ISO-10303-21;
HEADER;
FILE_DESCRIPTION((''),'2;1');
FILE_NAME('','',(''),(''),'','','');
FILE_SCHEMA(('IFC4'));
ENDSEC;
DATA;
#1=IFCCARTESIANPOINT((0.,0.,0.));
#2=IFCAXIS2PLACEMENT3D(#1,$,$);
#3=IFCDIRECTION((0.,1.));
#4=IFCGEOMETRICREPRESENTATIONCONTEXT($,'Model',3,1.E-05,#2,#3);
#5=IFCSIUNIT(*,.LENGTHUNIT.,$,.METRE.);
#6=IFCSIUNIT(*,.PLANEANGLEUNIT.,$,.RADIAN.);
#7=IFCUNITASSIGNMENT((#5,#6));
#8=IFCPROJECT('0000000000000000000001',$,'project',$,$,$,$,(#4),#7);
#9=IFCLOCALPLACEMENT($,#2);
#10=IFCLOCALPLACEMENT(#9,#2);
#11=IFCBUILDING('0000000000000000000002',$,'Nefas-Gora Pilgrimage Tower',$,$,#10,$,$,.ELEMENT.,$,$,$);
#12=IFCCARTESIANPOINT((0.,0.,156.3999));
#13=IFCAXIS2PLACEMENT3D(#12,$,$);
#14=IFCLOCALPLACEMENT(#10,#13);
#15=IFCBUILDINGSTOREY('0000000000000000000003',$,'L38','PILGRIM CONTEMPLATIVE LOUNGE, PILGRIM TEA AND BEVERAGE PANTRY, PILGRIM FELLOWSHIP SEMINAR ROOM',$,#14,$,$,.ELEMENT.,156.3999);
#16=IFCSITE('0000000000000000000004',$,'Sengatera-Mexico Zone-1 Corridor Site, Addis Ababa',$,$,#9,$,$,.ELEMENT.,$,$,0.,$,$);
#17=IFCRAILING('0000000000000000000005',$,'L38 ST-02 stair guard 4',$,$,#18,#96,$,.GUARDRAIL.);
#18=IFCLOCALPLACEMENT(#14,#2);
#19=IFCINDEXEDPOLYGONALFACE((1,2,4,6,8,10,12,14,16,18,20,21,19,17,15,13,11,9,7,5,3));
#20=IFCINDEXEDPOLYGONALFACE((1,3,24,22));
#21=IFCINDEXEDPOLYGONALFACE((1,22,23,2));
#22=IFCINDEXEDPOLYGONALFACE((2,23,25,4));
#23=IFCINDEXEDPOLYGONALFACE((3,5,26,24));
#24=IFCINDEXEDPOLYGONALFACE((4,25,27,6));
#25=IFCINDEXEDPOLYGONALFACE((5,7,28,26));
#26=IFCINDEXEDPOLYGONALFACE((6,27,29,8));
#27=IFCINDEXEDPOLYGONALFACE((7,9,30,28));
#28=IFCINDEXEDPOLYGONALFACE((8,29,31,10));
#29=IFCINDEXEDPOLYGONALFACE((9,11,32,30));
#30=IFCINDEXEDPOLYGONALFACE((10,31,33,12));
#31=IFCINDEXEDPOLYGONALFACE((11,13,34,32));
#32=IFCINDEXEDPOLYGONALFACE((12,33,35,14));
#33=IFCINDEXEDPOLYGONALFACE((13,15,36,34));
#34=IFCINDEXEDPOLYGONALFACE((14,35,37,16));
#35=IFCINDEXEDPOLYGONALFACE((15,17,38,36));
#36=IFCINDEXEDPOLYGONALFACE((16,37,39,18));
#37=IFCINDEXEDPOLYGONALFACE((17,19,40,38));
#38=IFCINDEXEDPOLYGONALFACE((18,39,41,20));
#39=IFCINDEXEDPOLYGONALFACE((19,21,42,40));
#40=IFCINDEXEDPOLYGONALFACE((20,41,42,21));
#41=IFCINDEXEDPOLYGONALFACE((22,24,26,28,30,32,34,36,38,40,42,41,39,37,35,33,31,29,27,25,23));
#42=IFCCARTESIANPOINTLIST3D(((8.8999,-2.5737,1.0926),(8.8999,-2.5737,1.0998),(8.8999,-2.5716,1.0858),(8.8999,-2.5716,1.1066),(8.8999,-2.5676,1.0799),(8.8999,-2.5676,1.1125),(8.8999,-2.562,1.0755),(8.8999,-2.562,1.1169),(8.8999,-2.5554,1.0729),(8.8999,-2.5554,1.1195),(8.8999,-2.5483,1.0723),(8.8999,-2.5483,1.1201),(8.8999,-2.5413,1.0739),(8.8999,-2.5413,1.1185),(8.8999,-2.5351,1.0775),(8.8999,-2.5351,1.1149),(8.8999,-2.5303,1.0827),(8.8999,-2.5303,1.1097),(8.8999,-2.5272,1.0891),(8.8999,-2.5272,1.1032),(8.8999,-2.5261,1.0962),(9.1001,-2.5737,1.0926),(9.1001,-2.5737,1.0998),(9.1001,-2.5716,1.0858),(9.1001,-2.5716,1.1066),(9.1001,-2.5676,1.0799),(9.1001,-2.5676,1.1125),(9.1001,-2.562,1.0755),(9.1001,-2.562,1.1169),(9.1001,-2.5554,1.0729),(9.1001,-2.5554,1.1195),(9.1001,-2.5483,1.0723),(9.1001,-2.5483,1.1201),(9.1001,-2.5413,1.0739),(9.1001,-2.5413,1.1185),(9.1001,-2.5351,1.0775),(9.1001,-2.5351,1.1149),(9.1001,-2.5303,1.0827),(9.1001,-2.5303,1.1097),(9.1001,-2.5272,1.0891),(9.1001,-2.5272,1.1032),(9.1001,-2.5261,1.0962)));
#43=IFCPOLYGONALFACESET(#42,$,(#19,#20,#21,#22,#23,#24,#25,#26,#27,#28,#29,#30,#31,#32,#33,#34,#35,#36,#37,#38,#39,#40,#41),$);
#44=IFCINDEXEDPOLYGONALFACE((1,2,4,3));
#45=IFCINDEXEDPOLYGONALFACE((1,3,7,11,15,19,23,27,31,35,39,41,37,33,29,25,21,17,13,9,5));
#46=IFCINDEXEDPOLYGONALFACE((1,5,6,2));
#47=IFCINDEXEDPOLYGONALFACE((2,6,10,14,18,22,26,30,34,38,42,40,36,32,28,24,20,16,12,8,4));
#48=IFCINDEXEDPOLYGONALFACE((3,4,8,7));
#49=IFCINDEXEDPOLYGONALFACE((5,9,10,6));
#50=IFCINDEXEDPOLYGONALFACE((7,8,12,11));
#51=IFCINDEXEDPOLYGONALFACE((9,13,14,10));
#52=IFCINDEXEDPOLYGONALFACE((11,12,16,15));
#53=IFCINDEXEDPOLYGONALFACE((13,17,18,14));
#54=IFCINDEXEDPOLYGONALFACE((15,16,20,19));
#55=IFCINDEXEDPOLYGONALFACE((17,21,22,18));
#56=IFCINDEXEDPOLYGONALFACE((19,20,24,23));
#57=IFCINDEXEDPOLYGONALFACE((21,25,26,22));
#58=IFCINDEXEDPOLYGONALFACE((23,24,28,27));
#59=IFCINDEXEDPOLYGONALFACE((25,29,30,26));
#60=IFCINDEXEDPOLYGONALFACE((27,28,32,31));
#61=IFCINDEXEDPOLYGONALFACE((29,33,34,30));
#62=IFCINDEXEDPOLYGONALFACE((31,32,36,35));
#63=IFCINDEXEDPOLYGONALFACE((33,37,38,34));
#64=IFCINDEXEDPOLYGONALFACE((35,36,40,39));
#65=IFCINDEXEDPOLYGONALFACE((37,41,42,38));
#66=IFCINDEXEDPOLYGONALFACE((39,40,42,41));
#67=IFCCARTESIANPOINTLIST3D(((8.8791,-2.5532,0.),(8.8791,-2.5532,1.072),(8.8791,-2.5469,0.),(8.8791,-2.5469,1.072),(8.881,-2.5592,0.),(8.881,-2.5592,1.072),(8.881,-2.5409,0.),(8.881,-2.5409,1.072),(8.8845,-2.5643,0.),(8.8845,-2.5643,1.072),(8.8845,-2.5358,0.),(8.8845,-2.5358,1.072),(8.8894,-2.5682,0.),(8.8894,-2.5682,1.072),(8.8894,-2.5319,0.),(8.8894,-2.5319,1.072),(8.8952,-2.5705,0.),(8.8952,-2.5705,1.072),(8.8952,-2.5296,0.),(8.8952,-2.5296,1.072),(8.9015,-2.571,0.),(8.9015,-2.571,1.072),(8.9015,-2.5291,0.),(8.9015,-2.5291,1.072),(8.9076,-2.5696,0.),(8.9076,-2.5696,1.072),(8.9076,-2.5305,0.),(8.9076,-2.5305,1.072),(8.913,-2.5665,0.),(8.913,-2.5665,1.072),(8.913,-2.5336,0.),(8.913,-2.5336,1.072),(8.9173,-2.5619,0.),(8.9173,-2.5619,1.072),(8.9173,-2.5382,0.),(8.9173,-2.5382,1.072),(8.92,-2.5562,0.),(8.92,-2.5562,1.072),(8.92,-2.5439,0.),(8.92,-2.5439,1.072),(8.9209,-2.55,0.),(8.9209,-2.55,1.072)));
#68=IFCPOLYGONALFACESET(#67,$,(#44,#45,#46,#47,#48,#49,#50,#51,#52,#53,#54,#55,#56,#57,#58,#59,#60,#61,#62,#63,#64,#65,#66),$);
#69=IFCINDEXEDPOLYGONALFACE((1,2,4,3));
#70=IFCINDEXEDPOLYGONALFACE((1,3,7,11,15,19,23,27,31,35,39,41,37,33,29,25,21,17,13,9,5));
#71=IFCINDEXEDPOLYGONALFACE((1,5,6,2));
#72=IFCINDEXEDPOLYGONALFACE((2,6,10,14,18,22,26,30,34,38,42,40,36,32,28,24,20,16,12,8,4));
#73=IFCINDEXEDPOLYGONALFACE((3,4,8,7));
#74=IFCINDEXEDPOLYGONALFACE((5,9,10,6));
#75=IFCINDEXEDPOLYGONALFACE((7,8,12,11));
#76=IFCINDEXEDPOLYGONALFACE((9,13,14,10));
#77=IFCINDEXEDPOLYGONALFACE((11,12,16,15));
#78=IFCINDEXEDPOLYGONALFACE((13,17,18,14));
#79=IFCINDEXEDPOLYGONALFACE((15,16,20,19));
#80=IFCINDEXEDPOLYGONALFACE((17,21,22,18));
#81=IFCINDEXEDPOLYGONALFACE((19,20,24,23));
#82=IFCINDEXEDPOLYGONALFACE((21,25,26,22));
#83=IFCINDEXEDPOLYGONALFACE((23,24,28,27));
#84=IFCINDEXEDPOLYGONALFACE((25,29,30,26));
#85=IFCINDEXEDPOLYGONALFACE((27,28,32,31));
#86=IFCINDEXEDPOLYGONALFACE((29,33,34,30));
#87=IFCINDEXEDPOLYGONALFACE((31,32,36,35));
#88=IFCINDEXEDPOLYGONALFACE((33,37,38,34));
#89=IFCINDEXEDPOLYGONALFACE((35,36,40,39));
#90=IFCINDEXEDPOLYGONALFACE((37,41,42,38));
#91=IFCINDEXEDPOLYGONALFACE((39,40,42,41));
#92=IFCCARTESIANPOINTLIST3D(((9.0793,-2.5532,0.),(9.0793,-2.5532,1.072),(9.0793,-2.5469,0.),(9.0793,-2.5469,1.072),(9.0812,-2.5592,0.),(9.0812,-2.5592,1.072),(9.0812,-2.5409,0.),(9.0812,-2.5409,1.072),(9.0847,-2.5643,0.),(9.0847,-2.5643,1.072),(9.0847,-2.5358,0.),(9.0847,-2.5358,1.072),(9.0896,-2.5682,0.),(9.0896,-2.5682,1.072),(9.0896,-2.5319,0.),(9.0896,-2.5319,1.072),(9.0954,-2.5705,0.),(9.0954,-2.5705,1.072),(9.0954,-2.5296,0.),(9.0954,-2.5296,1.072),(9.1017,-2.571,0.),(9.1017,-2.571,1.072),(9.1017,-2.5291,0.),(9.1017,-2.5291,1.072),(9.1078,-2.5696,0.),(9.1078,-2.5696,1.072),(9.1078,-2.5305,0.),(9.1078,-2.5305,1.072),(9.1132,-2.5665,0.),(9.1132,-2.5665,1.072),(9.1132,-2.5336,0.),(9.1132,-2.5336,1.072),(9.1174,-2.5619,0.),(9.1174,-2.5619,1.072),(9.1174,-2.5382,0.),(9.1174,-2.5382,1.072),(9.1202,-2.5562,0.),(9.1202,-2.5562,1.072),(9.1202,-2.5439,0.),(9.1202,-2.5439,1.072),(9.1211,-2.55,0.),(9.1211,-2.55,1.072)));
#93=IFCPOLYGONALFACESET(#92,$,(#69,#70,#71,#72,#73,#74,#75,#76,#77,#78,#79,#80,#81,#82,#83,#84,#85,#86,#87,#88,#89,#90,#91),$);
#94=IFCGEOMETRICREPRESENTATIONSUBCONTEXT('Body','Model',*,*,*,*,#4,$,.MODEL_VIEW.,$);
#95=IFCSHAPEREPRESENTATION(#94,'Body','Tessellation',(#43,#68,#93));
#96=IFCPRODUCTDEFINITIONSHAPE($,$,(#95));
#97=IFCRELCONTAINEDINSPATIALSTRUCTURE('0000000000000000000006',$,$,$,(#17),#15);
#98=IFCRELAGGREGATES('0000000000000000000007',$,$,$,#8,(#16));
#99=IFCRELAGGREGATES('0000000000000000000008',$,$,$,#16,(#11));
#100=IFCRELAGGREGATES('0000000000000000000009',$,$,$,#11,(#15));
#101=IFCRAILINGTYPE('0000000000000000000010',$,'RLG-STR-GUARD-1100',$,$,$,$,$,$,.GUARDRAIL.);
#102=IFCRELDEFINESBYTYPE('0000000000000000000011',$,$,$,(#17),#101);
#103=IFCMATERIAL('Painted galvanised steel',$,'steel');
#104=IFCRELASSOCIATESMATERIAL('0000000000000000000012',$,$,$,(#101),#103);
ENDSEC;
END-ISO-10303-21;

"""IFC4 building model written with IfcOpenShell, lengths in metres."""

from ifc_helpers import new_model, si_unit, direction, frame, origin, origin_2d, place, context, subcontext, project, spatial, circle, extrude, material, type_object, element, save


model = new_model("IFC4")

# Units and contexts
model_context = context("Model", 3, precision=1e-05, world=origin(), true_north=direction((0.0, 1.0)))
body_context = subcontext(model_context, "Body", "Model", "MODEL_VIEW")
ifc_project = project(units=[si_unit("LENGTHUNIT", "METRE"), si_unit("PLANEANGLEUNIT", "RADIAN")], contexts=[model_context])

# Site, building, storey
site_placement = place(None, origin())
site = spatial("IfcSite", under=ifc_project, at=site_placement, Name="Sengatera-Mexico Zone-1 Corridor Site, Addis Ababa", CompositionType="ELEMENT", RefElevation=0.0)
building_placement = place(site_placement, origin())
building = spatial("IfcBuilding", under=site, at=building_placement, Name="Nefas-Gora Pilgrimage Tower", CompositionType="ELEMENT")
storey_placement = place(building_placement, frame((0.0, 0.0, 156.3999)))
storey = spatial("IfcBuildingStorey", under=building, at=storey_placement, Name="L38", Description="PILGRIM CONTEMPLATIVE LOUNGE, PILGRIM TEA AND BEVERAGE PANTRY, PILGRIM FELLOWSHIP SEMINAR ROOM", CompositionType="ELEMENT", Elevation=156.3999)

# Railing
ifc_material_1 = material(Name="Painted galvanised steel", Category="steel")
railing_type_1 = type_object("IfcRailingType", Name="RLG-STR-GUARD-1100", PredefinedType="GUARDRAIL", material=ifc_material_1)
railing_1_placement = place(storey_placement, frame((8.8999, -2.55, 0.0)))
element("IfcRailing", 1, at=railing_1_placement, inside=storey, type_object=railing_type_1, Name="L38 ST-02 stair guard 4", PredefinedType="GUARDRAIL", context=body_context, shape_type="SweptSolid", body=[
    extrude(circle(Radius=0.0239, at=origin_2d()), frame((0.0, 0.0, 1.0962), z_axis=(1.0, 0.0, 0.0), x_axis=(0.0, 1.0, 0.0)), (0.0, 0.0, 1.0), 0.2002),
    extrude(circle(Radius=0.021, at=origin_2d()), origin(), (0.0, 0.0, 1.0), 1.072),
    extrude(circle(Radius=0.021, at=origin_2d()), frame((0.2002, 0.0, 0.0)), (0.0, 0.0, 1.0), 1.072),
])

save(model, "model.ifc")
